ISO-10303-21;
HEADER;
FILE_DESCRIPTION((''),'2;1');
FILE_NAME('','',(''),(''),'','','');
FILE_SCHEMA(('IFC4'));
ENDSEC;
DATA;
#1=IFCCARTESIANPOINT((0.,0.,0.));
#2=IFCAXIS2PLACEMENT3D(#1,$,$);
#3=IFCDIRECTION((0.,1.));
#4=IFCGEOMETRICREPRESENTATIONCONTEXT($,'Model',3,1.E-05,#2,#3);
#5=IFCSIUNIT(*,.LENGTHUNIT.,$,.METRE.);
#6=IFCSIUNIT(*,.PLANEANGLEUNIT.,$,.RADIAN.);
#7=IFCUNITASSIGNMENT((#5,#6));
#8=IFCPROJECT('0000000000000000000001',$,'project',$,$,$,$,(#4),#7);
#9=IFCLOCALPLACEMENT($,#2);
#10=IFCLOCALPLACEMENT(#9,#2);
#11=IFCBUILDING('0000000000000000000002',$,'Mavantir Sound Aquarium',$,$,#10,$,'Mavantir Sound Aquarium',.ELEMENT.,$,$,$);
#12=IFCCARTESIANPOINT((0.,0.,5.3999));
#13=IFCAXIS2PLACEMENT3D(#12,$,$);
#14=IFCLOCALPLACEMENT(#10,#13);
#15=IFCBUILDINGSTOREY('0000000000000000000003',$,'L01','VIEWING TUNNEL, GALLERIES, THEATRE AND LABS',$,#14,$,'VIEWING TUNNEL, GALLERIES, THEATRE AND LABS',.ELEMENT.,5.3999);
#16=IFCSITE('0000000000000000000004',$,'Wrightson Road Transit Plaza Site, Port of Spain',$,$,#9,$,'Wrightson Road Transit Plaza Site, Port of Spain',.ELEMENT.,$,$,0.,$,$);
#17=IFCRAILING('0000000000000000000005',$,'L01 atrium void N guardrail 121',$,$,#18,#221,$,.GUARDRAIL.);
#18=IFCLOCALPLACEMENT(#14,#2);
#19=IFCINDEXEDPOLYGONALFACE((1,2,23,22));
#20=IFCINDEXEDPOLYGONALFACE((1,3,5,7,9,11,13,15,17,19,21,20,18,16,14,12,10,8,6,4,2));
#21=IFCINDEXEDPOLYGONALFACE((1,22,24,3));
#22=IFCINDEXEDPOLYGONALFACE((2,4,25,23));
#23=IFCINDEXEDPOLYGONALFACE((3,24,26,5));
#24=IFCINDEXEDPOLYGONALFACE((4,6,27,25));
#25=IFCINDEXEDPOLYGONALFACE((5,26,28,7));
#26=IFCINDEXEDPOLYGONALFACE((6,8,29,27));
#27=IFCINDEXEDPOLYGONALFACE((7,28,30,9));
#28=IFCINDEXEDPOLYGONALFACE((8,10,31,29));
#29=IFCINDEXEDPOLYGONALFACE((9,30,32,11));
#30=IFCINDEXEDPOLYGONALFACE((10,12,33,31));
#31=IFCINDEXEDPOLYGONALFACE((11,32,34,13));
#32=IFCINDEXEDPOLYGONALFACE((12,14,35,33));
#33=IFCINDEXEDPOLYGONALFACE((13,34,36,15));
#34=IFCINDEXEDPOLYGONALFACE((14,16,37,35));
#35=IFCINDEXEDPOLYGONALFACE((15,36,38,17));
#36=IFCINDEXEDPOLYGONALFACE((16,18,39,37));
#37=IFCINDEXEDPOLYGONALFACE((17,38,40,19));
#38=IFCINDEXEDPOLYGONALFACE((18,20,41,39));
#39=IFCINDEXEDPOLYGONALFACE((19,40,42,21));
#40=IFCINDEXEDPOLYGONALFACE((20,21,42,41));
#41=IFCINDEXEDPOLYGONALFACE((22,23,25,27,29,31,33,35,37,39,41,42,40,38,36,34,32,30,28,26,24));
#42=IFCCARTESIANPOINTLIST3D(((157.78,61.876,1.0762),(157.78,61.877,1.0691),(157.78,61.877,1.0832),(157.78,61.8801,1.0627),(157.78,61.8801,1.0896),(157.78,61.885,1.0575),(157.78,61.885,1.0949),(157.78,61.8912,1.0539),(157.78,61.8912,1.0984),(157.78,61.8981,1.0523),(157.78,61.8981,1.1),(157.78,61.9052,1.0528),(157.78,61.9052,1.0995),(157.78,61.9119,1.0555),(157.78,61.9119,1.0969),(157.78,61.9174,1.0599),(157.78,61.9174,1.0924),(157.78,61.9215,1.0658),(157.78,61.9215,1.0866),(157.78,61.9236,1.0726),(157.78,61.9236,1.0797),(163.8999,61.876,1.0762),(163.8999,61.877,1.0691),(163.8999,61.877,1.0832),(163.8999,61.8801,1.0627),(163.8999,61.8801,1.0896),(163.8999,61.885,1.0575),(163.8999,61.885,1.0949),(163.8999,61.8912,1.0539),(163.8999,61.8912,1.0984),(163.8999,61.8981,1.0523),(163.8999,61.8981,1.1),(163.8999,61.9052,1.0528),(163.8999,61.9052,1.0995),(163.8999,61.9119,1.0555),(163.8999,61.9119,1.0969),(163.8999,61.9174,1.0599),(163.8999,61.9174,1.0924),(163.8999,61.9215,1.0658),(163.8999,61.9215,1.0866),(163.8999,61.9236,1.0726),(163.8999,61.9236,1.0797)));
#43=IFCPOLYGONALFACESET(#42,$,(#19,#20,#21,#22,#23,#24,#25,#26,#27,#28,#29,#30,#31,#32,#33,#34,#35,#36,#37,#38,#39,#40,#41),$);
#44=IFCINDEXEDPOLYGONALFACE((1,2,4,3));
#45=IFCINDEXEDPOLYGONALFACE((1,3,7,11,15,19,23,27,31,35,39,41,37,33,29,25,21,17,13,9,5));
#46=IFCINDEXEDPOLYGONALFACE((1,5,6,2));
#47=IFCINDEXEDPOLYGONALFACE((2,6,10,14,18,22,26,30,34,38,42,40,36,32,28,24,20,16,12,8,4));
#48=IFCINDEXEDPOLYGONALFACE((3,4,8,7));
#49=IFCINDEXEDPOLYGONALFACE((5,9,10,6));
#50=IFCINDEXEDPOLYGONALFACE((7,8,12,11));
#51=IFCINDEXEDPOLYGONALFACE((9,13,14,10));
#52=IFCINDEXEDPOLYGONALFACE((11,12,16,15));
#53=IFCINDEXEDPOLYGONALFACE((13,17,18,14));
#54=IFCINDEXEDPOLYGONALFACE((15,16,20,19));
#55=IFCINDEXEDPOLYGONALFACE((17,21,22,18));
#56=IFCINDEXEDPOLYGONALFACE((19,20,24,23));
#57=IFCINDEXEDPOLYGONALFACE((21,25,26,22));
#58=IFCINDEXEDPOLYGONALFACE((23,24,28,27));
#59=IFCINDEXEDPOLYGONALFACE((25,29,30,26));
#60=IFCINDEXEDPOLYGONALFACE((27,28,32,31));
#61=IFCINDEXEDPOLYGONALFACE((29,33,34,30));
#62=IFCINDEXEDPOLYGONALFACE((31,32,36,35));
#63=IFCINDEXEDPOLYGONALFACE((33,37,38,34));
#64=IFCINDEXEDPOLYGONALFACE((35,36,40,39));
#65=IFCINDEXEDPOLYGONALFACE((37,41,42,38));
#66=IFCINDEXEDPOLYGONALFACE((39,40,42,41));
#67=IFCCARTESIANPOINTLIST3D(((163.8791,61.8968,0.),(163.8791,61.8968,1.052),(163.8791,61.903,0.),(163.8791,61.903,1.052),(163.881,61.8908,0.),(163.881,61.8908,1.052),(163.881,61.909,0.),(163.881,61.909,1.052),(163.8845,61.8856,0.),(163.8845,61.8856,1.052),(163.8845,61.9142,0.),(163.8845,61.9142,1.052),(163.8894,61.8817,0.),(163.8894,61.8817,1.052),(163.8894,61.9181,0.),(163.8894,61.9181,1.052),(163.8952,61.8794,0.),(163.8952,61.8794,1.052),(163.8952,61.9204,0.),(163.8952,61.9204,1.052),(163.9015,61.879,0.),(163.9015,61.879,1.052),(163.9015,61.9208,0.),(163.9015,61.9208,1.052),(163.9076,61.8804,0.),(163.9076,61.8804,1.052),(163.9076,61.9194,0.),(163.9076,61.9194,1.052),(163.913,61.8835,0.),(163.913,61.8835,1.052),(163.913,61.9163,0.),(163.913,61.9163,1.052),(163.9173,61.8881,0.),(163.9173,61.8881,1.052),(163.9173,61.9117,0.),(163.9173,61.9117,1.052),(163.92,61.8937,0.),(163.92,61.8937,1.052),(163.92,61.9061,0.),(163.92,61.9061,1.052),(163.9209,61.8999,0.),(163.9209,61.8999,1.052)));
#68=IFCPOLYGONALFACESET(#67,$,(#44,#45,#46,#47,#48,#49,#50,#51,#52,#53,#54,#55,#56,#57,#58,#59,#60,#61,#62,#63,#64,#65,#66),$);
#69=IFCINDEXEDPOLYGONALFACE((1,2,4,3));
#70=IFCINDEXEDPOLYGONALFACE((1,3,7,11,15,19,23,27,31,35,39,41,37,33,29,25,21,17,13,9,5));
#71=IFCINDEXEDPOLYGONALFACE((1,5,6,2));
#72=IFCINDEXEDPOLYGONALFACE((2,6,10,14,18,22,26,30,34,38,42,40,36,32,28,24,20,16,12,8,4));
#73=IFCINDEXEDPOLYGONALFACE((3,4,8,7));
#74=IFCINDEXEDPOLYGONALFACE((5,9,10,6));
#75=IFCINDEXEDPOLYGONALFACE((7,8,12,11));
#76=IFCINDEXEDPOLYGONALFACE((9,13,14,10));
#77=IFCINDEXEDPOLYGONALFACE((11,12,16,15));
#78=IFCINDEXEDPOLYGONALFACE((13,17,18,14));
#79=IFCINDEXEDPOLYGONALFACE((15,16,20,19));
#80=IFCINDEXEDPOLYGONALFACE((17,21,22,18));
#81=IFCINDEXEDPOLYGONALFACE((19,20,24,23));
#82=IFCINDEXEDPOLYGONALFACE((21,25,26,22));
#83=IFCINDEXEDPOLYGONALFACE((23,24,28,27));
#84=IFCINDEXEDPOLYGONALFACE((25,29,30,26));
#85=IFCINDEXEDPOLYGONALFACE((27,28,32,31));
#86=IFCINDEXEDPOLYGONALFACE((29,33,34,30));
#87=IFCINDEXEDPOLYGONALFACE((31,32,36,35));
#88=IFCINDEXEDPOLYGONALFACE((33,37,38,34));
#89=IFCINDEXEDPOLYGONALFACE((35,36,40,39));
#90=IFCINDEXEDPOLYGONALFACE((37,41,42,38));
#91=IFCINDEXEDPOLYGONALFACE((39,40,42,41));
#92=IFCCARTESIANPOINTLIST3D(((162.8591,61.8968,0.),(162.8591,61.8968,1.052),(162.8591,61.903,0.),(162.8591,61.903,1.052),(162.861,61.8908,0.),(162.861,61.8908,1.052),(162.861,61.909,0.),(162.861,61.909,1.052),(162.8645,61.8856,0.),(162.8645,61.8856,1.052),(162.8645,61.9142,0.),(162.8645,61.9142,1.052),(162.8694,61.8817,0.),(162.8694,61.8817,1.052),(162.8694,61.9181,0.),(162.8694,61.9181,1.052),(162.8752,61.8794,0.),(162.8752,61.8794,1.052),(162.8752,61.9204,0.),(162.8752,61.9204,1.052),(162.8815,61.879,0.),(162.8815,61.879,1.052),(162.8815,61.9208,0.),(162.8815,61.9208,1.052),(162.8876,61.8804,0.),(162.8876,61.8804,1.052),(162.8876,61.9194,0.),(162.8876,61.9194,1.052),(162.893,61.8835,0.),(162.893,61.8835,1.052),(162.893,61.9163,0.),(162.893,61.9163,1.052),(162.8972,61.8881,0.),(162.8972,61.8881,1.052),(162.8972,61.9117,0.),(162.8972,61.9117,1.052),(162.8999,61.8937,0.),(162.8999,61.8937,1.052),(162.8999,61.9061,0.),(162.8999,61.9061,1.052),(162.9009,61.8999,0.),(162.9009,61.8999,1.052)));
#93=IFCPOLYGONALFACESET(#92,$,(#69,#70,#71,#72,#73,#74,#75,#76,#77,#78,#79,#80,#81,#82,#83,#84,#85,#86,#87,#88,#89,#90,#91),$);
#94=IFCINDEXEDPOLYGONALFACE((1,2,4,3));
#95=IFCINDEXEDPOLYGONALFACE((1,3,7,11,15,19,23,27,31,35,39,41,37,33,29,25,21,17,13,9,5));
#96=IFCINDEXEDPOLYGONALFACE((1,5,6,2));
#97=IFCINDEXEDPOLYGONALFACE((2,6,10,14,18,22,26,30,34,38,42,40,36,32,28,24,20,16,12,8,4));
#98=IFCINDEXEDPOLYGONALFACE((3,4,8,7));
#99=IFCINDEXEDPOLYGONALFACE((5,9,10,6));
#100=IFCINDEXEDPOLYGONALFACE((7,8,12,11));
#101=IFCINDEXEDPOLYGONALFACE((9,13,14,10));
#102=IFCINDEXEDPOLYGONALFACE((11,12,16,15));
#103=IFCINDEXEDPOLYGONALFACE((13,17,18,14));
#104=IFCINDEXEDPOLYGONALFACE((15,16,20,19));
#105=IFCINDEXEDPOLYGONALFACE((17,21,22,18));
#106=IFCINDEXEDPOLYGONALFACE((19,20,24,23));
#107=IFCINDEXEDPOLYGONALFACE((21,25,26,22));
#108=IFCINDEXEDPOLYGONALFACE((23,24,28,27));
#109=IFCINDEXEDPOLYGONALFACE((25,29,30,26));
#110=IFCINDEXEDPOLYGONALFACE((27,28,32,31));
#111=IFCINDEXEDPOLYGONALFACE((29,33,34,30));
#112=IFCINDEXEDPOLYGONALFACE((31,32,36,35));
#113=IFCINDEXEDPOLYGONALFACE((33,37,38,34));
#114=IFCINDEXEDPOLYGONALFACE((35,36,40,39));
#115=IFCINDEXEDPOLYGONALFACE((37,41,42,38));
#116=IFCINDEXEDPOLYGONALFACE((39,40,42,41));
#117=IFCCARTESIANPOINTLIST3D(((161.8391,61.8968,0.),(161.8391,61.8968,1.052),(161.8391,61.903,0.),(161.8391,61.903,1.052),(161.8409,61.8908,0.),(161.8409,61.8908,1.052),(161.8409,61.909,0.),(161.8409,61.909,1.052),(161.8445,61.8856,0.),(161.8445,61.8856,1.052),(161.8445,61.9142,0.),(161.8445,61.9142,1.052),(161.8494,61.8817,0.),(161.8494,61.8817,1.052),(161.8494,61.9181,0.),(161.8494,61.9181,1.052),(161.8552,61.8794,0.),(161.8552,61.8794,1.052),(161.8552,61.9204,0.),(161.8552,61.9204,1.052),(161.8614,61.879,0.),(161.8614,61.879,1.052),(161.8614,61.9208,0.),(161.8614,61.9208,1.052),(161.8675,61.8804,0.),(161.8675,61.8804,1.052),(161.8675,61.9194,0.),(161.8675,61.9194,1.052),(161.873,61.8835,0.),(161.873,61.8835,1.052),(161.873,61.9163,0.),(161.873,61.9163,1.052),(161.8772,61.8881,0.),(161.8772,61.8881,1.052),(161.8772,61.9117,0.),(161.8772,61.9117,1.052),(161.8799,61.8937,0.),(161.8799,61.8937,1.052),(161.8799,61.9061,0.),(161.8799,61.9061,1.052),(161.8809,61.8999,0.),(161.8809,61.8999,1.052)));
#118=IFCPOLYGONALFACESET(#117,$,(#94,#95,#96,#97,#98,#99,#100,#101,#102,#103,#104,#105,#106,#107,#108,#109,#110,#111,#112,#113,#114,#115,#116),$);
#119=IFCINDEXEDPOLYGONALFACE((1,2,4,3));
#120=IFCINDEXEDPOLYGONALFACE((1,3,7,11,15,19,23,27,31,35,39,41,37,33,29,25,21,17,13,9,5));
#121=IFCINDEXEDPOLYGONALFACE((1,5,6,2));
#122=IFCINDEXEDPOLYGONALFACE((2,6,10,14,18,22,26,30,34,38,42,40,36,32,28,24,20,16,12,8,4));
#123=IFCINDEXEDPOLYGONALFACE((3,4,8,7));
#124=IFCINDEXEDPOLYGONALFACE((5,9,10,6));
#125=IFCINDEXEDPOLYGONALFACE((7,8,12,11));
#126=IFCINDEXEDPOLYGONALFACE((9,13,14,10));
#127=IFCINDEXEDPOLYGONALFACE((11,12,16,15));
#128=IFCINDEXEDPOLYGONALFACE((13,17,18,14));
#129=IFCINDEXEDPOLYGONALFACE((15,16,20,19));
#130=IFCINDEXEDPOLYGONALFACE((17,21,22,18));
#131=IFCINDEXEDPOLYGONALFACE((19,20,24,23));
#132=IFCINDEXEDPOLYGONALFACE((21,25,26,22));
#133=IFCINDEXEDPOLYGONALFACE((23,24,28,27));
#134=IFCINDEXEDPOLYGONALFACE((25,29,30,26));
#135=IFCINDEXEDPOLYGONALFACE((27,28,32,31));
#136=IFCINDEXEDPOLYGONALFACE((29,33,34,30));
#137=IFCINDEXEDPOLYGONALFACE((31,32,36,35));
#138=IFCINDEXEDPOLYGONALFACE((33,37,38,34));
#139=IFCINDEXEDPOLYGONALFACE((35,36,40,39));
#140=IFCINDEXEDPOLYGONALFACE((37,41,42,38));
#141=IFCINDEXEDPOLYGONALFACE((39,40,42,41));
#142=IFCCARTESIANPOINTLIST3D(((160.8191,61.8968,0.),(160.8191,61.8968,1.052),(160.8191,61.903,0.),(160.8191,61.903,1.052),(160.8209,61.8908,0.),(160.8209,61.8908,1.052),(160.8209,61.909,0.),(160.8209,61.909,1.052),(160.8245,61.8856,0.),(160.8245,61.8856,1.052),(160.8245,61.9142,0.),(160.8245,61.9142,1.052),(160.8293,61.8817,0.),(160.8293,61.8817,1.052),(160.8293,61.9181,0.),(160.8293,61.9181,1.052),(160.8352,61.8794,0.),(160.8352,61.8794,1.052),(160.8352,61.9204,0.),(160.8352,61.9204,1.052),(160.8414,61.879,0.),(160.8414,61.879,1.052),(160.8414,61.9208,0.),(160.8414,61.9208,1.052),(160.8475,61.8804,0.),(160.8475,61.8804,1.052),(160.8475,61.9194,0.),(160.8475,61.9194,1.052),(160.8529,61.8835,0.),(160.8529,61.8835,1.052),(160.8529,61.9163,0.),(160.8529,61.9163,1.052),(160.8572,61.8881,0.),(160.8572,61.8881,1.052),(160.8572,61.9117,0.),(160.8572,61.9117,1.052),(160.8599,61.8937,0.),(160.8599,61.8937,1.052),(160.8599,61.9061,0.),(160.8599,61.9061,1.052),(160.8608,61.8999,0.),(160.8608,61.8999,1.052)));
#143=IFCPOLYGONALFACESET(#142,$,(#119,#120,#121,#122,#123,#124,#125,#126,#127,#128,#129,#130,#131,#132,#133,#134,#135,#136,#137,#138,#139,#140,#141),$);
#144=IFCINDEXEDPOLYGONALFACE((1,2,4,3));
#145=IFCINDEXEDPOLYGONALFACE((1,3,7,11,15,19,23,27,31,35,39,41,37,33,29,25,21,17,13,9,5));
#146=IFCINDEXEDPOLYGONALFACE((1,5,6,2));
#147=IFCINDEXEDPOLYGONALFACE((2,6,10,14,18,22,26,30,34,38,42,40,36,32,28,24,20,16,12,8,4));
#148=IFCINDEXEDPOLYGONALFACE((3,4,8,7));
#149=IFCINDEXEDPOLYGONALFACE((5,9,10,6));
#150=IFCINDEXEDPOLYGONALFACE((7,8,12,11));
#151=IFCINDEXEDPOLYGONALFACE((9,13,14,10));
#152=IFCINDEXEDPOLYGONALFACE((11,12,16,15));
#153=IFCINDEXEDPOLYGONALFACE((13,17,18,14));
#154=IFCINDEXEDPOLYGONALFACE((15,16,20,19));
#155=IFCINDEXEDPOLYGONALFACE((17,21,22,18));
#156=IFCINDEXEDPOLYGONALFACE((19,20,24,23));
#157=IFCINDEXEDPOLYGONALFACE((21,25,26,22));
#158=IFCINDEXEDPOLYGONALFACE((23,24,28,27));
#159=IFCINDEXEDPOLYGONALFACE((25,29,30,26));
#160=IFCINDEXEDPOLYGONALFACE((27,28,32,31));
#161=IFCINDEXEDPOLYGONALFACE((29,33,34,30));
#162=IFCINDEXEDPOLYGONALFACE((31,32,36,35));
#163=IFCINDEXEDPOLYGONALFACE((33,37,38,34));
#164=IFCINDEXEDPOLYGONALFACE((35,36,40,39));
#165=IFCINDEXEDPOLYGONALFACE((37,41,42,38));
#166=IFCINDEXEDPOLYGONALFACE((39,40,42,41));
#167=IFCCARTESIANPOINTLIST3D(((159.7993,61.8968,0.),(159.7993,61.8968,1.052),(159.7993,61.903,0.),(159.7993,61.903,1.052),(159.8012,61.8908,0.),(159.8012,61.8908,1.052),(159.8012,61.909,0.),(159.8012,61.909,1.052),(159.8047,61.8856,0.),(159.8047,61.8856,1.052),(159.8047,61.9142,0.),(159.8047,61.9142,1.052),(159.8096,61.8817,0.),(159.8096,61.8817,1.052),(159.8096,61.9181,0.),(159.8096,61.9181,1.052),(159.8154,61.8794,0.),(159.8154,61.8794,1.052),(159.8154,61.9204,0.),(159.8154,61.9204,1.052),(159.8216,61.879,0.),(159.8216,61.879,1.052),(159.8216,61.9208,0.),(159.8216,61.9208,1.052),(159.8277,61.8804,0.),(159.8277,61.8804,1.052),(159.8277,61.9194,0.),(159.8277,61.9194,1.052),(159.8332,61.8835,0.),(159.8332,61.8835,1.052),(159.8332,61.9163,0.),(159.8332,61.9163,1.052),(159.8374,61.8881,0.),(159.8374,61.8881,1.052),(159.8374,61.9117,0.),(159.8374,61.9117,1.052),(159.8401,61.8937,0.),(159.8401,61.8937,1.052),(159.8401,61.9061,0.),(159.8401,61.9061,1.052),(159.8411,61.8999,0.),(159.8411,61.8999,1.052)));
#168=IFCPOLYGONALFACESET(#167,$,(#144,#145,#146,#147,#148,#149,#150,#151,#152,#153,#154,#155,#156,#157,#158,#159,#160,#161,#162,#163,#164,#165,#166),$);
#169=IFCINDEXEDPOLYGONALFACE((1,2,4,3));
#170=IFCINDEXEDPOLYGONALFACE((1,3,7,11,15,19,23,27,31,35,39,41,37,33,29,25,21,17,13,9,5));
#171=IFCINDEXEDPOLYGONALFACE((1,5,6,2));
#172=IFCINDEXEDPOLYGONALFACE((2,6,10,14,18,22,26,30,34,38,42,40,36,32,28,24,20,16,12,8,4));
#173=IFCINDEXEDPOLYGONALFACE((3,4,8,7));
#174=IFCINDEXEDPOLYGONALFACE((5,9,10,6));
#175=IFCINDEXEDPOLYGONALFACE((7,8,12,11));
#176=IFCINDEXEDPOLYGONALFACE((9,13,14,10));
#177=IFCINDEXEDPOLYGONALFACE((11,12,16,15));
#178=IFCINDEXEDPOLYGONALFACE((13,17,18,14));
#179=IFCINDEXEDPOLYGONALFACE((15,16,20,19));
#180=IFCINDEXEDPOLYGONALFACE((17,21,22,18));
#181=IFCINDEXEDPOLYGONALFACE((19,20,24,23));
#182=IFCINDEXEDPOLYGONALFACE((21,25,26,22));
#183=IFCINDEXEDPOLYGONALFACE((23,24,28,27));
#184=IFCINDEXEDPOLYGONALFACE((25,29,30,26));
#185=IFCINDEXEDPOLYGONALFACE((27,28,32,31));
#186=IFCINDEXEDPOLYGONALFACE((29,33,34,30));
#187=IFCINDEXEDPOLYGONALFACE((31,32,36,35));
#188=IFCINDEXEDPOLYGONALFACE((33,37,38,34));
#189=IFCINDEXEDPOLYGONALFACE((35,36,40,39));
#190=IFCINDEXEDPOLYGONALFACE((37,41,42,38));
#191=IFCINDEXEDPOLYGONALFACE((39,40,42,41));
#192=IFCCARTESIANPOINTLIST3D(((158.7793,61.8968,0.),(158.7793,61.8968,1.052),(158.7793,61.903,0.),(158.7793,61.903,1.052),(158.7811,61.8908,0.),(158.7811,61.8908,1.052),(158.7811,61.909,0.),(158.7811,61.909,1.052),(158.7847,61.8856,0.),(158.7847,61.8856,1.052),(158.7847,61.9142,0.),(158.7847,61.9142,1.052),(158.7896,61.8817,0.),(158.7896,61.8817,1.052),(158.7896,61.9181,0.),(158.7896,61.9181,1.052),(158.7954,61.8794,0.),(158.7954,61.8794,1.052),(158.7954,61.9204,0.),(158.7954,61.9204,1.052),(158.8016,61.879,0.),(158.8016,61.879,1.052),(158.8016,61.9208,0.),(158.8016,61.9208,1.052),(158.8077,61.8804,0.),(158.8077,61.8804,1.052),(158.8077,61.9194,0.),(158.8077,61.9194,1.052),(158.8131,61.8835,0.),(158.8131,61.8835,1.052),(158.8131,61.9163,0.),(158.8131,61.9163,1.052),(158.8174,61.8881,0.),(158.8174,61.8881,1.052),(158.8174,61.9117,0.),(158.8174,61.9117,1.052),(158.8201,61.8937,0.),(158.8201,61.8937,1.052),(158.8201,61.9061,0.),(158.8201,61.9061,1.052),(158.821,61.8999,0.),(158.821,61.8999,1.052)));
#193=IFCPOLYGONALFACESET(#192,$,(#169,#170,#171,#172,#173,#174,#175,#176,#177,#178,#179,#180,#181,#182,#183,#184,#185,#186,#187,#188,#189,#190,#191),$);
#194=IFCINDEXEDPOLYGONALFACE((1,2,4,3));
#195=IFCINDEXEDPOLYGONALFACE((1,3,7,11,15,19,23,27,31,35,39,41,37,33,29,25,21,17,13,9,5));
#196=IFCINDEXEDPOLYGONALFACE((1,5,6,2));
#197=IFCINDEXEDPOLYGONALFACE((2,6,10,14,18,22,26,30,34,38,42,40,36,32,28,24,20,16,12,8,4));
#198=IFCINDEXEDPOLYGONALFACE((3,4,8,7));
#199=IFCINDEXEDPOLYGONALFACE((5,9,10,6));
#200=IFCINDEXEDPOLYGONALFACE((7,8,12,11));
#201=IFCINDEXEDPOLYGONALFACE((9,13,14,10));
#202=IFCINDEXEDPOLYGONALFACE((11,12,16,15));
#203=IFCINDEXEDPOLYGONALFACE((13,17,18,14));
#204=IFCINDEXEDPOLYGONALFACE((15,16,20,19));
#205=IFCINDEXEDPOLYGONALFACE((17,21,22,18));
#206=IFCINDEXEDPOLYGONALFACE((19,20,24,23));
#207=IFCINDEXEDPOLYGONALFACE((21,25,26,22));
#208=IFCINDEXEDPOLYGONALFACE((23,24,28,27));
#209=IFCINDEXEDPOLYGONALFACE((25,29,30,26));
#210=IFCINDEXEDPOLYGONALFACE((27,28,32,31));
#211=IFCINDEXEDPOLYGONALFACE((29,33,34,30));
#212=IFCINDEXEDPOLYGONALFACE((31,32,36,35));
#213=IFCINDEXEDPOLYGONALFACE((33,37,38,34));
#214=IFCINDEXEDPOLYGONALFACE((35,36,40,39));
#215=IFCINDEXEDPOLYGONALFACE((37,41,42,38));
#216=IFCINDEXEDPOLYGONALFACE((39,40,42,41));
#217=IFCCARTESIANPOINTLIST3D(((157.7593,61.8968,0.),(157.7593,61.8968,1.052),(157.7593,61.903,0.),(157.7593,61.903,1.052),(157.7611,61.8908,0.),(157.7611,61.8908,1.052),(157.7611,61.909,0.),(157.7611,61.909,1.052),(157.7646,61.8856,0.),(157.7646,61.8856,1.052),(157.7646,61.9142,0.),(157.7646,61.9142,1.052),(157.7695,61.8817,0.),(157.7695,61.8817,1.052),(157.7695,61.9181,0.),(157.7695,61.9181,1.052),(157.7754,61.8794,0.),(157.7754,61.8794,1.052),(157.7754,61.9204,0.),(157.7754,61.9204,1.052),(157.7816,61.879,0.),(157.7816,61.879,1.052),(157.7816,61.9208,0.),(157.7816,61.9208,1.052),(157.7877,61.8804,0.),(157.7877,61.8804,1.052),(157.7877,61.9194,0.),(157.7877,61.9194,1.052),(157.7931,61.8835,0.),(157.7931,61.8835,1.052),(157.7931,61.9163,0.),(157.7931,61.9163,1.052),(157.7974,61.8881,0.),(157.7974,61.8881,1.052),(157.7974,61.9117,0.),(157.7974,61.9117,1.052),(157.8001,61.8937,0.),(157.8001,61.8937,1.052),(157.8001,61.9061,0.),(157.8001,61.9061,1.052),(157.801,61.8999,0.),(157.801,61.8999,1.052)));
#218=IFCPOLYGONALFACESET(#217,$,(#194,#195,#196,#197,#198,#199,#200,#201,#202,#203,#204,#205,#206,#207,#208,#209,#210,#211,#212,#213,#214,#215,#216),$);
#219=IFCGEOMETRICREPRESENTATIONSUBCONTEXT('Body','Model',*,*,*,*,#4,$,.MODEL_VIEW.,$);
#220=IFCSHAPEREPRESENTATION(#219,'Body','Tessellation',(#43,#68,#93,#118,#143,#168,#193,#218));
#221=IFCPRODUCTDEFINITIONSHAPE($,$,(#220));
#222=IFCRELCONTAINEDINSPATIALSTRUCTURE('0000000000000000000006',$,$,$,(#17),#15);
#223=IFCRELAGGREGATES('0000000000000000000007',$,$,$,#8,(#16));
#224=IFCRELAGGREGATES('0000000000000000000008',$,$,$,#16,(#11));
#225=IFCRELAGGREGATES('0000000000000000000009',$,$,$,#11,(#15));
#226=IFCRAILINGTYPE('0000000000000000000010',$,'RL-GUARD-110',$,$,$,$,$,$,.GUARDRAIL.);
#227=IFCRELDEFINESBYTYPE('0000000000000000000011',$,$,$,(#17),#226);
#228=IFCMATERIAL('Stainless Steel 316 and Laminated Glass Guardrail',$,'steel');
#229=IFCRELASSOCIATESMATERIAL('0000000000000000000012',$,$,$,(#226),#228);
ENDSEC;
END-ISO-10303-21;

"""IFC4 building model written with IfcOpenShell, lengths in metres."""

from ifc_helpers import new_model, si_unit, direction, frame, origin, origin_2d, place, context, subcontext, project, spatial, circle, extrude, material, type_object, element, save


model = new_model("IFC4")

# Units and contexts
model_context = context("Model", 3, precision=1e-05, world=origin(), true_north=direction((0.0, 1.0)))
body_context = subcontext(model_context, "Body", "Model", "MODEL_VIEW")
ifc_project = project(units=[si_unit("LENGTHUNIT", "METRE"), si_unit("PLANEANGLEUNIT", "RADIAN")], contexts=[model_context])

# Site, building, storey
site_placement = place(None, origin())
site = spatial("IfcSite", under=ifc_project, at=site_placement, Name="Wrightson Road Transit Plaza Site, Port of Spain", LongName="Wrightson Road Transit Plaza Site, Port of Spain", CompositionType="ELEMENT", RefElevation=0.0)
building_placement = place(site_placement, origin())
building = spatial("IfcBuilding", under=site, at=building_placement, Name="Mavantir Sound Aquarium", LongName="Mavantir Sound Aquarium", CompositionType="ELEMENT")
storey_placement = place(building_placement, frame((0.0, 0.0, 5.3999)))
storey = spatial("IfcBuildingStorey", under=building, at=storey_placement, Name="L01", Description="VIEWING TUNNEL, GALLERIES, THEATRE AND LABS", LongName="VIEWING TUNNEL, GALLERIES, THEATRE AND LABS", CompositionType="ELEMENT", Elevation=5.3999)

# Railing
ifc_material_1 = material(Name="Stainless Steel 316 and Laminated Glass Guardrail", Category="steel")
railing_type = type_object("IfcRailingType", Name="RL-GUARD-110", PredefinedType="GUARDRAIL", material=ifc_material_1)
railing_1_placement = place(storey_placement, frame((163.8999, 61.8999, 0.0)))
element("IfcRailing", 1, at=railing_1_placement, inside=storey, type_object=railing_type, Name="L01 atrium void N guardrail 121", PredefinedType="GUARDRAIL", context=body_context, shape_type="SweptSolid", body=[
    extrude(circle(Radius=0.0239, at=origin_2d()), frame((0.0, 0.0, 1.0762), z_axis=(-1.0, 0.0, 0.0), x_axis=(0.0, -1.0, 0.0)), (0.0, 0.0, 1.0), 6.1199),
    extrude(circle(Radius=0.021, at=origin_2d()), origin(), (0.0, 0.0, 1.0), 1.052),
    extrude(circle(Radius=0.021, at=origin_2d()), frame((-1.02, 0.0, 0.0)), (0.0, 0.0, 1.0), 1.052),
    extrude(circle(Radius=0.021, at=origin_2d()), frame((-2.04, 0.0, 0.0)), (0.0, 0.0, 1.0), 1.052),
    extrude(circle(Radius=0.021, at=origin_2d()), frame((-3.0601, 0.0, 0.0)), (0.0, 0.0, 1.0), 1.052),
    extrude(circle(Radius=0.021, at=origin_2d()), frame((-4.0798, 0.0, 0.0)), (0.0, 0.0, 1.0), 1.052),
    extrude(circle(Radius=0.021, at=origin_2d()), frame((-5.0999, 0.0, 0.0)), (0.0, 0.0, 1.0), 1.052),
    extrude(circle(Radius=0.021, at=origin_2d()), frame((-6.1199, 0.0, 0.0)), (0.0, 0.0, 1.0), 1.052),
])

save(model, "model.ifc")
